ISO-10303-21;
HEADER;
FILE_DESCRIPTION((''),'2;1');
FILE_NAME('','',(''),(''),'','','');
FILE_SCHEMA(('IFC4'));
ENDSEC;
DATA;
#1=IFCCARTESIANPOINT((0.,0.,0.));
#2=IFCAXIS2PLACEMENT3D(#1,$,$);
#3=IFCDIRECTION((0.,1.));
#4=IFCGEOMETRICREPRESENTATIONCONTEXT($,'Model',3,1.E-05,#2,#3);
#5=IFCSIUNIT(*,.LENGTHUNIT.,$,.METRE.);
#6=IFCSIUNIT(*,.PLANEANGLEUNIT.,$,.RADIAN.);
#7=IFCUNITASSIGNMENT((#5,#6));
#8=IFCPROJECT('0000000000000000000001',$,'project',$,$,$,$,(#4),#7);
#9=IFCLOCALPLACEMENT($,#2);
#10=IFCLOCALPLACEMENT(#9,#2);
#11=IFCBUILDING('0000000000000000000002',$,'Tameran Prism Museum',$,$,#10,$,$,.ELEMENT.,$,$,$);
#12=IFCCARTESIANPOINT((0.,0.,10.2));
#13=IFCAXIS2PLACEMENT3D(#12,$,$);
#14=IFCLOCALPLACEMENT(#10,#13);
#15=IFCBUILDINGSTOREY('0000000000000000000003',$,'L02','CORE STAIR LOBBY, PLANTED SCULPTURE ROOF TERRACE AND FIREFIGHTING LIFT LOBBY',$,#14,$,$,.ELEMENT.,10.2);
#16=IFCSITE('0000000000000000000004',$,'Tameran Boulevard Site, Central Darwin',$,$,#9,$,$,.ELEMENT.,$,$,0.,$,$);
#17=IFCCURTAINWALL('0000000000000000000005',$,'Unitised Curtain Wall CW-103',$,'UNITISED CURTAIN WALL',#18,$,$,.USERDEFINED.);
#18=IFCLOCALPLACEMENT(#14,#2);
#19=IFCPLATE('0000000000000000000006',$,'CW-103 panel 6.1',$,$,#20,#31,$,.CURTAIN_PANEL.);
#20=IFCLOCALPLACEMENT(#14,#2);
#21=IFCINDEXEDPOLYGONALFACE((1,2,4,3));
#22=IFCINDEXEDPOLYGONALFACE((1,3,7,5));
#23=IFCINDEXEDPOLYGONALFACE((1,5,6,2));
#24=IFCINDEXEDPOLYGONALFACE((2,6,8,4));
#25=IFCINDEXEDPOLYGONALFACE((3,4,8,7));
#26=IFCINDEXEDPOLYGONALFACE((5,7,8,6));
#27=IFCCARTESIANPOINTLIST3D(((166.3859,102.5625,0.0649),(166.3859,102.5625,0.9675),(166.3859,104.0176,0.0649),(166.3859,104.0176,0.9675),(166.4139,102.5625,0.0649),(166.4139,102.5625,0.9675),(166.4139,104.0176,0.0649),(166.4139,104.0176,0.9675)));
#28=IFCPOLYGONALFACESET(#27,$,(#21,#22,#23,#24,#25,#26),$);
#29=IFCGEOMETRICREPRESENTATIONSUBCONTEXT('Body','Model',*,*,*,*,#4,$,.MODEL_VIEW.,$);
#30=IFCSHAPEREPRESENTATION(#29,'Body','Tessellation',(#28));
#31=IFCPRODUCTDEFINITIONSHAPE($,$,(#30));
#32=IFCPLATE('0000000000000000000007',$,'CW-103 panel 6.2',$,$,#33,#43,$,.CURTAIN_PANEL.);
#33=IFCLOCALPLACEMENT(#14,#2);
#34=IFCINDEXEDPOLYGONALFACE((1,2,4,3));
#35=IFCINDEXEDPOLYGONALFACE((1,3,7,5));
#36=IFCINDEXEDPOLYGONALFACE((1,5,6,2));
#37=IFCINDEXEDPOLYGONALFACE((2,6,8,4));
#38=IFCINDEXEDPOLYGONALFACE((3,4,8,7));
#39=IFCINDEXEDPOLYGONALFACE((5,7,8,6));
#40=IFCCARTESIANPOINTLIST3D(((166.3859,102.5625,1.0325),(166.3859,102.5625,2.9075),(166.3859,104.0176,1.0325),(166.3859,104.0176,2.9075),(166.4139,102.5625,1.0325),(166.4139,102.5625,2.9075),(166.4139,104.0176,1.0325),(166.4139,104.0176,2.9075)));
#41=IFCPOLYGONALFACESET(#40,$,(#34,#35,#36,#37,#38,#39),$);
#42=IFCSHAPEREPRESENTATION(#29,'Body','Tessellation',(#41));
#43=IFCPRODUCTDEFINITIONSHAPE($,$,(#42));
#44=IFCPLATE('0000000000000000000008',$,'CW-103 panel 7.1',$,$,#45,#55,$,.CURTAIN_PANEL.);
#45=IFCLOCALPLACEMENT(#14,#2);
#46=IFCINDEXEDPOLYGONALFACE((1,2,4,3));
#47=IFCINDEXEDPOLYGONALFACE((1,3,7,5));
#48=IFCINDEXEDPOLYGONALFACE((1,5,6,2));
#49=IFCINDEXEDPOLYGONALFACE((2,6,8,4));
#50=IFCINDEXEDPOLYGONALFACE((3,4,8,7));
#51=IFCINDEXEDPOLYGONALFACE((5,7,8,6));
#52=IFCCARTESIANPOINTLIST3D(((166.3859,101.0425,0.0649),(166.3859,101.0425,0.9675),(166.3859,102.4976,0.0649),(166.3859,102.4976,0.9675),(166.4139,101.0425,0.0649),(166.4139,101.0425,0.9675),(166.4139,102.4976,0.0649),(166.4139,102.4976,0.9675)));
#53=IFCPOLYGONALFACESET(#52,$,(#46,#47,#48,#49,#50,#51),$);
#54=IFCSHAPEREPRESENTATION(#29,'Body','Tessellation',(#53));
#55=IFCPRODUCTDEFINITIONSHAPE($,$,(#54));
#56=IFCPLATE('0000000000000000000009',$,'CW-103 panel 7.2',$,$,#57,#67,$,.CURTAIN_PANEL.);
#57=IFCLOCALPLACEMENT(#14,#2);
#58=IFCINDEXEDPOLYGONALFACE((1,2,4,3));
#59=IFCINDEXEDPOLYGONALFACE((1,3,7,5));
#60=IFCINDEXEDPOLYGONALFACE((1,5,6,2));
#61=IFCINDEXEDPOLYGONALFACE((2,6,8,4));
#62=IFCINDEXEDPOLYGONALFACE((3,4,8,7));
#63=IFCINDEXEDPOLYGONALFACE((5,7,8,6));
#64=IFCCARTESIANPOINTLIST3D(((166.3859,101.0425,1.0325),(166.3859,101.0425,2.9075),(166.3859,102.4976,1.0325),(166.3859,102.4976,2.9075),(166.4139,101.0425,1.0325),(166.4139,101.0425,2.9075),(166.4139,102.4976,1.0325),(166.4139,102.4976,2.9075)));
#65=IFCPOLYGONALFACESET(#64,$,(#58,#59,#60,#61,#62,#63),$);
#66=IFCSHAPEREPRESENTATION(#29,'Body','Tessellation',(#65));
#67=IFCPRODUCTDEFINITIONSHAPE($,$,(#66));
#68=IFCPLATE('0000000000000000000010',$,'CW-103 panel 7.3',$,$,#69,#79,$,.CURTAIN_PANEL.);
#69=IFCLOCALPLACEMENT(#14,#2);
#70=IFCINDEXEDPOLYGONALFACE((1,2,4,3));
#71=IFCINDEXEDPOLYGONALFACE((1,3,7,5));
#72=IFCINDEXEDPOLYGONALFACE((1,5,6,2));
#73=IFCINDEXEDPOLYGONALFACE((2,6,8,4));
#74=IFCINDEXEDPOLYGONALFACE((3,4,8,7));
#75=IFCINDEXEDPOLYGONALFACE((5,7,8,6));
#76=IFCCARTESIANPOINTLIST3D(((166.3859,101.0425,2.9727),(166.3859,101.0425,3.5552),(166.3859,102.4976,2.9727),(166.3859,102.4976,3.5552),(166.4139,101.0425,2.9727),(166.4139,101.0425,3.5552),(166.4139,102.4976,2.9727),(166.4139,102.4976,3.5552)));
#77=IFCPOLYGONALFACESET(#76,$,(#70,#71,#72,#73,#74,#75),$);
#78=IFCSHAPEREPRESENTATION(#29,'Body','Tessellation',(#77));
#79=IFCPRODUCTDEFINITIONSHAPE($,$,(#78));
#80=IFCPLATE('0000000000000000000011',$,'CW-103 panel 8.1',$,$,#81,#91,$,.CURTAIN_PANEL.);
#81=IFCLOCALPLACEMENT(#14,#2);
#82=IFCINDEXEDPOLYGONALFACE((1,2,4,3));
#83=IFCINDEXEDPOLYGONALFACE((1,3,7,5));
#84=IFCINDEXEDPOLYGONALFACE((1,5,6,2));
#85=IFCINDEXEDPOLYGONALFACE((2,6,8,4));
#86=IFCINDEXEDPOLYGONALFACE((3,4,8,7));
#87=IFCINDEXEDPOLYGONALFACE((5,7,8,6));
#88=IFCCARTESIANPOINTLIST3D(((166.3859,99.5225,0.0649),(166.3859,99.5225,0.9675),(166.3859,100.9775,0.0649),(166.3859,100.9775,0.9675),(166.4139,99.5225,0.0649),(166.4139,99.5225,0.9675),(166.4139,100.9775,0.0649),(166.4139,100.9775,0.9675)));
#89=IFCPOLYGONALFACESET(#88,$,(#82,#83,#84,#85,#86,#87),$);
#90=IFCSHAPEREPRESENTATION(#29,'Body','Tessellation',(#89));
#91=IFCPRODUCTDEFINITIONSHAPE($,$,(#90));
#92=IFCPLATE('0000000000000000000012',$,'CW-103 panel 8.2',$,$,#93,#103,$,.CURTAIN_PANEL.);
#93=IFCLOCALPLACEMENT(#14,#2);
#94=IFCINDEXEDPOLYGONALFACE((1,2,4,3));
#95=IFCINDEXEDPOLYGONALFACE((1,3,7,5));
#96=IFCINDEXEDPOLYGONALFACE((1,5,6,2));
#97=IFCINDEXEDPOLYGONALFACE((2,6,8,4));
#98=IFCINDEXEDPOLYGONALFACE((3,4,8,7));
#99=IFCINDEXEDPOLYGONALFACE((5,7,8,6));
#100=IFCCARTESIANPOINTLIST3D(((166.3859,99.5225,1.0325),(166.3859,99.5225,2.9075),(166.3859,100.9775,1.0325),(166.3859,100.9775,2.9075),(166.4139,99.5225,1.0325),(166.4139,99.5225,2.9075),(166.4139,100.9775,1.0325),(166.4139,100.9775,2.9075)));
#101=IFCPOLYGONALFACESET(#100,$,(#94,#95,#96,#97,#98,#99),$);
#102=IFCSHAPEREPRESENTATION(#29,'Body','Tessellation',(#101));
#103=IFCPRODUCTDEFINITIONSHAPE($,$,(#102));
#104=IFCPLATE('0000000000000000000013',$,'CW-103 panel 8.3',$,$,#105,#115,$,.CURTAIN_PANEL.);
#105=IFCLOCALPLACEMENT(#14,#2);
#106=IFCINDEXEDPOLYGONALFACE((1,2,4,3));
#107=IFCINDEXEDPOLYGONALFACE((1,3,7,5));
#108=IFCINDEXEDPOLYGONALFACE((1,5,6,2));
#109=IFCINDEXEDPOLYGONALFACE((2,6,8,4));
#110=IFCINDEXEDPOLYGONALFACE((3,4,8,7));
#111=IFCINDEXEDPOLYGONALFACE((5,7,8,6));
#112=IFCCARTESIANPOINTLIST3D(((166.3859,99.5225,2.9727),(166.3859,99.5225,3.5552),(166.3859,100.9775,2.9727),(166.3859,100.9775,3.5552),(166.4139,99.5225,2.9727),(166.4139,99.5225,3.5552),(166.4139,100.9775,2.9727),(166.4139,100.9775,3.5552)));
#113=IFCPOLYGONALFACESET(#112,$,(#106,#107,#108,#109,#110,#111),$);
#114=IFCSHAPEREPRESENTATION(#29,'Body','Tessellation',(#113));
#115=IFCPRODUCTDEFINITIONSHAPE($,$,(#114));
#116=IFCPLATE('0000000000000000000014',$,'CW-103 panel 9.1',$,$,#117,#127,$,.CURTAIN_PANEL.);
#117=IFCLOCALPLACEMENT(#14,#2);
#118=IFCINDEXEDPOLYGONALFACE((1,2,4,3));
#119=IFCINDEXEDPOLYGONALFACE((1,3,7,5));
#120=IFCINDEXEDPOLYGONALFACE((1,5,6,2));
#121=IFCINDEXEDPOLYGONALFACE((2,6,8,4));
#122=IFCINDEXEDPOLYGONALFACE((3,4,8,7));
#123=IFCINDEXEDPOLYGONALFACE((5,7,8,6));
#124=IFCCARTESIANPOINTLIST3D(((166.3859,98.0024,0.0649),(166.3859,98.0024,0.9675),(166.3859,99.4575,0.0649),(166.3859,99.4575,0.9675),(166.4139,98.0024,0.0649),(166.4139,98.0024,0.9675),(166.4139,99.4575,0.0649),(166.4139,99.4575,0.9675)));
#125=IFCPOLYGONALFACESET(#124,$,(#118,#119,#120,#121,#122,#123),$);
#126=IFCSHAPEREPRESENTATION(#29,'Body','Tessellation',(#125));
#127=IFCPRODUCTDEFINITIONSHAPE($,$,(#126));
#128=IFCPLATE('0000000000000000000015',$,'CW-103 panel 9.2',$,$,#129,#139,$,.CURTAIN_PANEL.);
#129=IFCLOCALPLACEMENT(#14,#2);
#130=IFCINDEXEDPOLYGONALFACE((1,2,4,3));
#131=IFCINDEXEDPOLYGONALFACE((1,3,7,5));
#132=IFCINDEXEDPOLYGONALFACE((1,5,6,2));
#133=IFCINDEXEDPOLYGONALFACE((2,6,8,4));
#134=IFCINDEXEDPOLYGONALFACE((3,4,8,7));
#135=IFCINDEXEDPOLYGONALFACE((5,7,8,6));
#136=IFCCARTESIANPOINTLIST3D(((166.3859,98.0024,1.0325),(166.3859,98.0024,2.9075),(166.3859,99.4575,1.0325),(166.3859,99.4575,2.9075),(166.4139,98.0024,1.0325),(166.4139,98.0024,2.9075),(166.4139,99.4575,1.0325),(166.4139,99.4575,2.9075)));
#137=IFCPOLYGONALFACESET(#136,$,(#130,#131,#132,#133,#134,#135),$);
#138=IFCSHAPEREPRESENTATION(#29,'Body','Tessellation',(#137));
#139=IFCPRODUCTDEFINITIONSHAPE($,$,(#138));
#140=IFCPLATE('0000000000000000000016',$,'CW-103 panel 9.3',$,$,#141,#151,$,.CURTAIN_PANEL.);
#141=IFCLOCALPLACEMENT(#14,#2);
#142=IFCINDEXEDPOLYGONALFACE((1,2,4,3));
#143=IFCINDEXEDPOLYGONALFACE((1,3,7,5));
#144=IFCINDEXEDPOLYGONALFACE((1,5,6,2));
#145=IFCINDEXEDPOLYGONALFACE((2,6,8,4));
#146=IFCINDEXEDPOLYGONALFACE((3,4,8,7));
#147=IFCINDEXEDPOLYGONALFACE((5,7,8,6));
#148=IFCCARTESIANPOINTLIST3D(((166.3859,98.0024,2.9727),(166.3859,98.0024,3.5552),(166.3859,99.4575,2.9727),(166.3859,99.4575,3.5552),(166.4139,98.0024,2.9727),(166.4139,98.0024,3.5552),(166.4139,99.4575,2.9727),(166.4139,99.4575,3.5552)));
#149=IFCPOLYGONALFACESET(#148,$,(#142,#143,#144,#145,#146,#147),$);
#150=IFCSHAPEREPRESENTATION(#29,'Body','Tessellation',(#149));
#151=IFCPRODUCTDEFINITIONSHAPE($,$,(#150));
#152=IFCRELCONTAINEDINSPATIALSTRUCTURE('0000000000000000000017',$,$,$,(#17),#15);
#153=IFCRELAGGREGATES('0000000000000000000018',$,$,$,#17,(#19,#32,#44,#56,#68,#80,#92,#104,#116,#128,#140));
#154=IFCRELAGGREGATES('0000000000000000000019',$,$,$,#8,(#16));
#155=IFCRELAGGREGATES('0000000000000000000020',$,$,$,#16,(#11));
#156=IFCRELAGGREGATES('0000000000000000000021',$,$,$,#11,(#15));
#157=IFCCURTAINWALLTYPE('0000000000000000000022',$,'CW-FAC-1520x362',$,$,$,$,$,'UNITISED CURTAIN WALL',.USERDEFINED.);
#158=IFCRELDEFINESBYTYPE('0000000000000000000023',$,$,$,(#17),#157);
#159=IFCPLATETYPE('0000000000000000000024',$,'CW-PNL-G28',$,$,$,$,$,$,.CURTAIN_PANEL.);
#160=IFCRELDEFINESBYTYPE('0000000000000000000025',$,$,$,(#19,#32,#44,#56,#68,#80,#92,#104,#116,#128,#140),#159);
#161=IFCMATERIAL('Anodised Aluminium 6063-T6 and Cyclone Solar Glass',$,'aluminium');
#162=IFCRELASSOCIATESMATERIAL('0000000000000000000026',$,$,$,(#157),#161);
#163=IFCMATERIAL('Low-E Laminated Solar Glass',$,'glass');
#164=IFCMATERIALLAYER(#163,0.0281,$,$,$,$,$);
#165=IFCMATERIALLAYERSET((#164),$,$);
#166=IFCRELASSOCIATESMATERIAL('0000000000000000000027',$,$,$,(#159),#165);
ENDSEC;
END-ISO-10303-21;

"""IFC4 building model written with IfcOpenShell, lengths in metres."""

from ifc_helpers import new_model, si_unit, direction, frame, origin, origin_2d, place, context, subcontext, project, spatial, rectangle, extrude, material, layer, layer_set, type_object, element, aggregate, save


model = new_model("IFC4")

# Units and contexts
model_context = context("Model", 3, precision=1e-05, world=origin(), true_north=direction((0.0, 1.0)))
body_context = subcontext(model_context, "Body", "Model", "MODEL_VIEW")
ifc_project = project(units=[si_unit("LENGTHUNIT", "METRE"), si_unit("PLANEANGLEUNIT", "RADIAN")], contexts=[model_context])

# Site, building, storey
site_placement = place(None, origin())
site = spatial("IfcSite", under=ifc_project, at=site_placement, Name="Tameran Boulevard Site, Central Darwin", CompositionType="ELEMENT", RefElevation=0.0)
building_placement = place(site_placement, origin())
building = spatial("IfcBuilding", under=site, at=building_placement, Name="Tameran Prism Museum", CompositionType="ELEMENT")
storey_placement = place(building_placement, frame((0.0, 0.0, 10.2)))
storey = spatial("IfcBuildingStorey", under=building, at=storey_placement, Name="L02", Description="CORE STAIR LOBBY, PLANTED SCULPTURE ROOF TERRACE AND FIREFIGHTING LIFT LOBBY", CompositionType="ELEMENT", Elevation=10.2)

# Curtain wall, plates
ifc_material_1 = material(Name="Anodised Aluminium 6063-T6 and Cyclone Solar Glass", Category="aluminium")
curtain_wall_type = type_object("IfcCurtainWallType", Name="CW-FAC-1520x362", ElementType="UNITISED CURTAIN WALL", PredefinedType="USERDEFINED", material=ifc_material_1)
curtain_wall_placement = place(storey_placement, origin())
curtain_wall = element("IfcCurtainWall", 1, at=curtain_wall_placement, inside=storey, type_object=curtain_wall_type, Name="Unitised Curtain Wall CW-103", ObjectType="UNITISED CURTAIN WALL", PredefinedType="USERDEFINED")
ifc_material_2 = material(Name="Low-E Laminated Solar Glass", Category="glass")
ifc_layer = layer(ifc_material_2, 0.0281)
ifc_layer_set = layer_set([ifc_layer])
plate_type = type_object("IfcPlateType", Name="CW-PNL-G28", PredefinedType="CURTAIN_PANEL", material=ifc_layer_set)
plate_1_placement = place(storey_placement, frame((166.3999, 103.29, 0.0649), z_axis=(0.0, 0.0, 1.0), x_axis=(0.0, -1.0, 0.0)))
plate_1 = element("IfcPlate", 2, at=plate_1_placement, type_object=plate_type, Name="CW-103 panel 6.1", PredefinedType="CURTAIN_PANEL", context=body_context, shape_type="SweptSolid", body=[
    extrude(rectangle(XDim=1.4551, YDim=0.0281, at=origin_2d()), origin(), (0.0, 0.0, 1.0), 0.9026),
])
plate_2_placement = place(storey_placement, frame((166.3999, 103.29, 1.0325), z_axis=(0.0, 0.0, 1.0), x_axis=(0.0, -1.0, 0.0)))
plate_2 = element("IfcPlate", 3, at=plate_2_placement, type_object=plate_type, Name="CW-103 panel 6.2", PredefinedType="CURTAIN_PANEL", context=body_context, shape_type="SweptSolid", body=[
    extrude(rectangle(XDim=1.4551, YDim=0.0281, at=origin_2d()), origin(), (0.0, 0.0, 1.0), 1.875),
])
plate_3_placement = place(storey_placement, frame((166.3999, 101.77, 0.0649), z_axis=(0.0, 0.0, 1.0), x_axis=(0.0, -1.0, 0.0)))
plate_3 = element("IfcPlate", 4, at=plate_3_placement, type_object=plate_type, Name="CW-103 panel 7.1", PredefinedType="CURTAIN_PANEL", context=body_context, shape_type="SweptSolid", body=[
    extrude(rectangle(XDim=1.4551, YDim=0.0281, at=origin_2d()), origin(), (0.0, 0.0, 1.0), 0.9026),
])
plate_4_placement = place(storey_placement, frame((166.3999, 101.77, 1.0325), z_axis=(0.0, 0.0, 1.0), x_axis=(0.0, -1.0, 0.0)))
plate_4 = element("IfcPlate", 5, at=plate_4_placement, type_object=plate_type, Name="CW-103 panel 7.2", PredefinedType="CURTAIN_PANEL", context=body_context, shape_type="SweptSolid", body=[
    extrude(rectangle(XDim=1.4551, YDim=0.0281, at=origin_2d()), origin(), (0.0, 0.0, 1.0), 1.875),
])
plate_5_placement = place(storey_placement, frame((166.3999, 101.77, 2.9727), z_axis=(0.0, 0.0, 1.0), x_axis=(0.0, -1.0, 0.0)))
plate_5 = element("IfcPlate", 6, at=plate_5_placement, type_object=plate_type, Name="CW-103 panel 7.3", PredefinedType="CURTAIN_PANEL", context=body_context, shape_type="SweptSolid", body=[
    extrude(rectangle(XDim=1.4551, YDim=0.0281, at=origin_2d()), origin(), (0.0, 0.0, 1.0), 0.5825),
])
plate_6_placement = place(storey_placement, frame((166.3999, 100.25, 0.0649), z_axis=(0.0, 0.0, 1.0), x_axis=(0.0, -1.0, 0.0)))
plate_6 = element("IfcPlate", 7, at=plate_6_placement, type_object=plate_type, Name="CW-103 panel 8.1", PredefinedType="CURTAIN_PANEL", context=body_context, shape_type="SweptSolid", body=[
    extrude(rectangle(XDim=1.4551, YDim=0.0281, at=origin_2d()), origin(), (0.0, 0.0, 1.0), 0.9026),
])
plate_7_placement = place(storey_placement, frame((166.3999, 100.25, 1.0325), z_axis=(0.0, 0.0, 1.0), x_axis=(0.0, -1.0, 0.0)))
plate_7 = element("IfcPlate", 8, at=plate_7_placement, type_object=plate_type, Name="CW-103 panel 8.2", PredefinedType="CURTAIN_PANEL", context=body_context, shape_type="SweptSolid", body=[
    extrude(rectangle(XDim=1.4551, YDim=0.0281, at=origin_2d()), origin(), (0.0, 0.0, 1.0), 1.875),
])
plate_8_placement = place(storey_placement, frame((166.3999, 100.25, 2.9727), z_axis=(0.0, 0.0, 1.0), x_axis=(0.0, -1.0, 0.0)))
plate_8 = element("IfcPlate", 9, at=plate_8_placement, type_object=plate_type, Name="CW-103 panel 8.3", PredefinedType="CURTAIN_PANEL", context=body_context, shape_type="SweptSolid", body=[
    extrude(rectangle(XDim=1.4551, YDim=0.0281, at=origin_2d()), origin(), (0.0, 0.0, 1.0), 0.5825),
])
plate_9_placement = place(storey_placement, frame((166.3999, 98.73, 0.0649), z_axis=(0.0, 0.0, 1.0), x_axis=(0.0, -1.0, 0.0)))
plate_9 = element("IfcPlate", 10, at=plate_9_placement, type_object=plate_type, Name="CW-103 panel 9.1", PredefinedType="CURTAIN_PANEL", context=body_context, shape_type="SweptSolid", body=[
    extrude(rectangle(XDim=1.4551, YDim=0.0281, at=origin_2d()), origin(), (0.0, 0.0, 1.0), 0.9026),
])
plate_10_placement = place(storey_placement, frame((166.3999, 98.73, 1.0325), z_axis=(0.0, 0.0, 1.0), x_axis=(0.0, -1.0, 0.0)))
plate_10 = element("IfcPlate", 11, at=plate_10_placement, type_object=plate_type, Name="CW-103 panel 9.2", PredefinedType="CURTAIN_PANEL", context=body_context, shape_type="SweptSolid", body=[
    extrude(rectangle(XDim=1.4551, YDim=0.0281, at=origin_2d()), origin(), (0.0, 0.0, 1.0), 1.875),
])
plate_11_placement = place(storey_placement, frame((166.3999, 98.73, 2.9727), z_axis=(0.0, 0.0, 1.0), x_axis=(0.0, -1.0, 0.0)))
plate_11 = element("IfcPlate", 12, at=plate_11_placement, type_object=plate_type, Name="CW-103 panel 9.3", PredefinedType="CURTAIN_PANEL", context=body_context, shape_type="SweptSolid", body=[
    extrude(rectangle(XDim=1.4551, YDim=0.0281, at=origin_2d()), origin(), (0.0, 0.0, 1.0), 0.5825),
])
aggregate(curtain_wall, [plate_1, plate_2, plate_3, plate_4, plate_5, plate_6, plate_7, plate_8, plate_9, plate_10, plate_11])

save(model, "model.ifc")
